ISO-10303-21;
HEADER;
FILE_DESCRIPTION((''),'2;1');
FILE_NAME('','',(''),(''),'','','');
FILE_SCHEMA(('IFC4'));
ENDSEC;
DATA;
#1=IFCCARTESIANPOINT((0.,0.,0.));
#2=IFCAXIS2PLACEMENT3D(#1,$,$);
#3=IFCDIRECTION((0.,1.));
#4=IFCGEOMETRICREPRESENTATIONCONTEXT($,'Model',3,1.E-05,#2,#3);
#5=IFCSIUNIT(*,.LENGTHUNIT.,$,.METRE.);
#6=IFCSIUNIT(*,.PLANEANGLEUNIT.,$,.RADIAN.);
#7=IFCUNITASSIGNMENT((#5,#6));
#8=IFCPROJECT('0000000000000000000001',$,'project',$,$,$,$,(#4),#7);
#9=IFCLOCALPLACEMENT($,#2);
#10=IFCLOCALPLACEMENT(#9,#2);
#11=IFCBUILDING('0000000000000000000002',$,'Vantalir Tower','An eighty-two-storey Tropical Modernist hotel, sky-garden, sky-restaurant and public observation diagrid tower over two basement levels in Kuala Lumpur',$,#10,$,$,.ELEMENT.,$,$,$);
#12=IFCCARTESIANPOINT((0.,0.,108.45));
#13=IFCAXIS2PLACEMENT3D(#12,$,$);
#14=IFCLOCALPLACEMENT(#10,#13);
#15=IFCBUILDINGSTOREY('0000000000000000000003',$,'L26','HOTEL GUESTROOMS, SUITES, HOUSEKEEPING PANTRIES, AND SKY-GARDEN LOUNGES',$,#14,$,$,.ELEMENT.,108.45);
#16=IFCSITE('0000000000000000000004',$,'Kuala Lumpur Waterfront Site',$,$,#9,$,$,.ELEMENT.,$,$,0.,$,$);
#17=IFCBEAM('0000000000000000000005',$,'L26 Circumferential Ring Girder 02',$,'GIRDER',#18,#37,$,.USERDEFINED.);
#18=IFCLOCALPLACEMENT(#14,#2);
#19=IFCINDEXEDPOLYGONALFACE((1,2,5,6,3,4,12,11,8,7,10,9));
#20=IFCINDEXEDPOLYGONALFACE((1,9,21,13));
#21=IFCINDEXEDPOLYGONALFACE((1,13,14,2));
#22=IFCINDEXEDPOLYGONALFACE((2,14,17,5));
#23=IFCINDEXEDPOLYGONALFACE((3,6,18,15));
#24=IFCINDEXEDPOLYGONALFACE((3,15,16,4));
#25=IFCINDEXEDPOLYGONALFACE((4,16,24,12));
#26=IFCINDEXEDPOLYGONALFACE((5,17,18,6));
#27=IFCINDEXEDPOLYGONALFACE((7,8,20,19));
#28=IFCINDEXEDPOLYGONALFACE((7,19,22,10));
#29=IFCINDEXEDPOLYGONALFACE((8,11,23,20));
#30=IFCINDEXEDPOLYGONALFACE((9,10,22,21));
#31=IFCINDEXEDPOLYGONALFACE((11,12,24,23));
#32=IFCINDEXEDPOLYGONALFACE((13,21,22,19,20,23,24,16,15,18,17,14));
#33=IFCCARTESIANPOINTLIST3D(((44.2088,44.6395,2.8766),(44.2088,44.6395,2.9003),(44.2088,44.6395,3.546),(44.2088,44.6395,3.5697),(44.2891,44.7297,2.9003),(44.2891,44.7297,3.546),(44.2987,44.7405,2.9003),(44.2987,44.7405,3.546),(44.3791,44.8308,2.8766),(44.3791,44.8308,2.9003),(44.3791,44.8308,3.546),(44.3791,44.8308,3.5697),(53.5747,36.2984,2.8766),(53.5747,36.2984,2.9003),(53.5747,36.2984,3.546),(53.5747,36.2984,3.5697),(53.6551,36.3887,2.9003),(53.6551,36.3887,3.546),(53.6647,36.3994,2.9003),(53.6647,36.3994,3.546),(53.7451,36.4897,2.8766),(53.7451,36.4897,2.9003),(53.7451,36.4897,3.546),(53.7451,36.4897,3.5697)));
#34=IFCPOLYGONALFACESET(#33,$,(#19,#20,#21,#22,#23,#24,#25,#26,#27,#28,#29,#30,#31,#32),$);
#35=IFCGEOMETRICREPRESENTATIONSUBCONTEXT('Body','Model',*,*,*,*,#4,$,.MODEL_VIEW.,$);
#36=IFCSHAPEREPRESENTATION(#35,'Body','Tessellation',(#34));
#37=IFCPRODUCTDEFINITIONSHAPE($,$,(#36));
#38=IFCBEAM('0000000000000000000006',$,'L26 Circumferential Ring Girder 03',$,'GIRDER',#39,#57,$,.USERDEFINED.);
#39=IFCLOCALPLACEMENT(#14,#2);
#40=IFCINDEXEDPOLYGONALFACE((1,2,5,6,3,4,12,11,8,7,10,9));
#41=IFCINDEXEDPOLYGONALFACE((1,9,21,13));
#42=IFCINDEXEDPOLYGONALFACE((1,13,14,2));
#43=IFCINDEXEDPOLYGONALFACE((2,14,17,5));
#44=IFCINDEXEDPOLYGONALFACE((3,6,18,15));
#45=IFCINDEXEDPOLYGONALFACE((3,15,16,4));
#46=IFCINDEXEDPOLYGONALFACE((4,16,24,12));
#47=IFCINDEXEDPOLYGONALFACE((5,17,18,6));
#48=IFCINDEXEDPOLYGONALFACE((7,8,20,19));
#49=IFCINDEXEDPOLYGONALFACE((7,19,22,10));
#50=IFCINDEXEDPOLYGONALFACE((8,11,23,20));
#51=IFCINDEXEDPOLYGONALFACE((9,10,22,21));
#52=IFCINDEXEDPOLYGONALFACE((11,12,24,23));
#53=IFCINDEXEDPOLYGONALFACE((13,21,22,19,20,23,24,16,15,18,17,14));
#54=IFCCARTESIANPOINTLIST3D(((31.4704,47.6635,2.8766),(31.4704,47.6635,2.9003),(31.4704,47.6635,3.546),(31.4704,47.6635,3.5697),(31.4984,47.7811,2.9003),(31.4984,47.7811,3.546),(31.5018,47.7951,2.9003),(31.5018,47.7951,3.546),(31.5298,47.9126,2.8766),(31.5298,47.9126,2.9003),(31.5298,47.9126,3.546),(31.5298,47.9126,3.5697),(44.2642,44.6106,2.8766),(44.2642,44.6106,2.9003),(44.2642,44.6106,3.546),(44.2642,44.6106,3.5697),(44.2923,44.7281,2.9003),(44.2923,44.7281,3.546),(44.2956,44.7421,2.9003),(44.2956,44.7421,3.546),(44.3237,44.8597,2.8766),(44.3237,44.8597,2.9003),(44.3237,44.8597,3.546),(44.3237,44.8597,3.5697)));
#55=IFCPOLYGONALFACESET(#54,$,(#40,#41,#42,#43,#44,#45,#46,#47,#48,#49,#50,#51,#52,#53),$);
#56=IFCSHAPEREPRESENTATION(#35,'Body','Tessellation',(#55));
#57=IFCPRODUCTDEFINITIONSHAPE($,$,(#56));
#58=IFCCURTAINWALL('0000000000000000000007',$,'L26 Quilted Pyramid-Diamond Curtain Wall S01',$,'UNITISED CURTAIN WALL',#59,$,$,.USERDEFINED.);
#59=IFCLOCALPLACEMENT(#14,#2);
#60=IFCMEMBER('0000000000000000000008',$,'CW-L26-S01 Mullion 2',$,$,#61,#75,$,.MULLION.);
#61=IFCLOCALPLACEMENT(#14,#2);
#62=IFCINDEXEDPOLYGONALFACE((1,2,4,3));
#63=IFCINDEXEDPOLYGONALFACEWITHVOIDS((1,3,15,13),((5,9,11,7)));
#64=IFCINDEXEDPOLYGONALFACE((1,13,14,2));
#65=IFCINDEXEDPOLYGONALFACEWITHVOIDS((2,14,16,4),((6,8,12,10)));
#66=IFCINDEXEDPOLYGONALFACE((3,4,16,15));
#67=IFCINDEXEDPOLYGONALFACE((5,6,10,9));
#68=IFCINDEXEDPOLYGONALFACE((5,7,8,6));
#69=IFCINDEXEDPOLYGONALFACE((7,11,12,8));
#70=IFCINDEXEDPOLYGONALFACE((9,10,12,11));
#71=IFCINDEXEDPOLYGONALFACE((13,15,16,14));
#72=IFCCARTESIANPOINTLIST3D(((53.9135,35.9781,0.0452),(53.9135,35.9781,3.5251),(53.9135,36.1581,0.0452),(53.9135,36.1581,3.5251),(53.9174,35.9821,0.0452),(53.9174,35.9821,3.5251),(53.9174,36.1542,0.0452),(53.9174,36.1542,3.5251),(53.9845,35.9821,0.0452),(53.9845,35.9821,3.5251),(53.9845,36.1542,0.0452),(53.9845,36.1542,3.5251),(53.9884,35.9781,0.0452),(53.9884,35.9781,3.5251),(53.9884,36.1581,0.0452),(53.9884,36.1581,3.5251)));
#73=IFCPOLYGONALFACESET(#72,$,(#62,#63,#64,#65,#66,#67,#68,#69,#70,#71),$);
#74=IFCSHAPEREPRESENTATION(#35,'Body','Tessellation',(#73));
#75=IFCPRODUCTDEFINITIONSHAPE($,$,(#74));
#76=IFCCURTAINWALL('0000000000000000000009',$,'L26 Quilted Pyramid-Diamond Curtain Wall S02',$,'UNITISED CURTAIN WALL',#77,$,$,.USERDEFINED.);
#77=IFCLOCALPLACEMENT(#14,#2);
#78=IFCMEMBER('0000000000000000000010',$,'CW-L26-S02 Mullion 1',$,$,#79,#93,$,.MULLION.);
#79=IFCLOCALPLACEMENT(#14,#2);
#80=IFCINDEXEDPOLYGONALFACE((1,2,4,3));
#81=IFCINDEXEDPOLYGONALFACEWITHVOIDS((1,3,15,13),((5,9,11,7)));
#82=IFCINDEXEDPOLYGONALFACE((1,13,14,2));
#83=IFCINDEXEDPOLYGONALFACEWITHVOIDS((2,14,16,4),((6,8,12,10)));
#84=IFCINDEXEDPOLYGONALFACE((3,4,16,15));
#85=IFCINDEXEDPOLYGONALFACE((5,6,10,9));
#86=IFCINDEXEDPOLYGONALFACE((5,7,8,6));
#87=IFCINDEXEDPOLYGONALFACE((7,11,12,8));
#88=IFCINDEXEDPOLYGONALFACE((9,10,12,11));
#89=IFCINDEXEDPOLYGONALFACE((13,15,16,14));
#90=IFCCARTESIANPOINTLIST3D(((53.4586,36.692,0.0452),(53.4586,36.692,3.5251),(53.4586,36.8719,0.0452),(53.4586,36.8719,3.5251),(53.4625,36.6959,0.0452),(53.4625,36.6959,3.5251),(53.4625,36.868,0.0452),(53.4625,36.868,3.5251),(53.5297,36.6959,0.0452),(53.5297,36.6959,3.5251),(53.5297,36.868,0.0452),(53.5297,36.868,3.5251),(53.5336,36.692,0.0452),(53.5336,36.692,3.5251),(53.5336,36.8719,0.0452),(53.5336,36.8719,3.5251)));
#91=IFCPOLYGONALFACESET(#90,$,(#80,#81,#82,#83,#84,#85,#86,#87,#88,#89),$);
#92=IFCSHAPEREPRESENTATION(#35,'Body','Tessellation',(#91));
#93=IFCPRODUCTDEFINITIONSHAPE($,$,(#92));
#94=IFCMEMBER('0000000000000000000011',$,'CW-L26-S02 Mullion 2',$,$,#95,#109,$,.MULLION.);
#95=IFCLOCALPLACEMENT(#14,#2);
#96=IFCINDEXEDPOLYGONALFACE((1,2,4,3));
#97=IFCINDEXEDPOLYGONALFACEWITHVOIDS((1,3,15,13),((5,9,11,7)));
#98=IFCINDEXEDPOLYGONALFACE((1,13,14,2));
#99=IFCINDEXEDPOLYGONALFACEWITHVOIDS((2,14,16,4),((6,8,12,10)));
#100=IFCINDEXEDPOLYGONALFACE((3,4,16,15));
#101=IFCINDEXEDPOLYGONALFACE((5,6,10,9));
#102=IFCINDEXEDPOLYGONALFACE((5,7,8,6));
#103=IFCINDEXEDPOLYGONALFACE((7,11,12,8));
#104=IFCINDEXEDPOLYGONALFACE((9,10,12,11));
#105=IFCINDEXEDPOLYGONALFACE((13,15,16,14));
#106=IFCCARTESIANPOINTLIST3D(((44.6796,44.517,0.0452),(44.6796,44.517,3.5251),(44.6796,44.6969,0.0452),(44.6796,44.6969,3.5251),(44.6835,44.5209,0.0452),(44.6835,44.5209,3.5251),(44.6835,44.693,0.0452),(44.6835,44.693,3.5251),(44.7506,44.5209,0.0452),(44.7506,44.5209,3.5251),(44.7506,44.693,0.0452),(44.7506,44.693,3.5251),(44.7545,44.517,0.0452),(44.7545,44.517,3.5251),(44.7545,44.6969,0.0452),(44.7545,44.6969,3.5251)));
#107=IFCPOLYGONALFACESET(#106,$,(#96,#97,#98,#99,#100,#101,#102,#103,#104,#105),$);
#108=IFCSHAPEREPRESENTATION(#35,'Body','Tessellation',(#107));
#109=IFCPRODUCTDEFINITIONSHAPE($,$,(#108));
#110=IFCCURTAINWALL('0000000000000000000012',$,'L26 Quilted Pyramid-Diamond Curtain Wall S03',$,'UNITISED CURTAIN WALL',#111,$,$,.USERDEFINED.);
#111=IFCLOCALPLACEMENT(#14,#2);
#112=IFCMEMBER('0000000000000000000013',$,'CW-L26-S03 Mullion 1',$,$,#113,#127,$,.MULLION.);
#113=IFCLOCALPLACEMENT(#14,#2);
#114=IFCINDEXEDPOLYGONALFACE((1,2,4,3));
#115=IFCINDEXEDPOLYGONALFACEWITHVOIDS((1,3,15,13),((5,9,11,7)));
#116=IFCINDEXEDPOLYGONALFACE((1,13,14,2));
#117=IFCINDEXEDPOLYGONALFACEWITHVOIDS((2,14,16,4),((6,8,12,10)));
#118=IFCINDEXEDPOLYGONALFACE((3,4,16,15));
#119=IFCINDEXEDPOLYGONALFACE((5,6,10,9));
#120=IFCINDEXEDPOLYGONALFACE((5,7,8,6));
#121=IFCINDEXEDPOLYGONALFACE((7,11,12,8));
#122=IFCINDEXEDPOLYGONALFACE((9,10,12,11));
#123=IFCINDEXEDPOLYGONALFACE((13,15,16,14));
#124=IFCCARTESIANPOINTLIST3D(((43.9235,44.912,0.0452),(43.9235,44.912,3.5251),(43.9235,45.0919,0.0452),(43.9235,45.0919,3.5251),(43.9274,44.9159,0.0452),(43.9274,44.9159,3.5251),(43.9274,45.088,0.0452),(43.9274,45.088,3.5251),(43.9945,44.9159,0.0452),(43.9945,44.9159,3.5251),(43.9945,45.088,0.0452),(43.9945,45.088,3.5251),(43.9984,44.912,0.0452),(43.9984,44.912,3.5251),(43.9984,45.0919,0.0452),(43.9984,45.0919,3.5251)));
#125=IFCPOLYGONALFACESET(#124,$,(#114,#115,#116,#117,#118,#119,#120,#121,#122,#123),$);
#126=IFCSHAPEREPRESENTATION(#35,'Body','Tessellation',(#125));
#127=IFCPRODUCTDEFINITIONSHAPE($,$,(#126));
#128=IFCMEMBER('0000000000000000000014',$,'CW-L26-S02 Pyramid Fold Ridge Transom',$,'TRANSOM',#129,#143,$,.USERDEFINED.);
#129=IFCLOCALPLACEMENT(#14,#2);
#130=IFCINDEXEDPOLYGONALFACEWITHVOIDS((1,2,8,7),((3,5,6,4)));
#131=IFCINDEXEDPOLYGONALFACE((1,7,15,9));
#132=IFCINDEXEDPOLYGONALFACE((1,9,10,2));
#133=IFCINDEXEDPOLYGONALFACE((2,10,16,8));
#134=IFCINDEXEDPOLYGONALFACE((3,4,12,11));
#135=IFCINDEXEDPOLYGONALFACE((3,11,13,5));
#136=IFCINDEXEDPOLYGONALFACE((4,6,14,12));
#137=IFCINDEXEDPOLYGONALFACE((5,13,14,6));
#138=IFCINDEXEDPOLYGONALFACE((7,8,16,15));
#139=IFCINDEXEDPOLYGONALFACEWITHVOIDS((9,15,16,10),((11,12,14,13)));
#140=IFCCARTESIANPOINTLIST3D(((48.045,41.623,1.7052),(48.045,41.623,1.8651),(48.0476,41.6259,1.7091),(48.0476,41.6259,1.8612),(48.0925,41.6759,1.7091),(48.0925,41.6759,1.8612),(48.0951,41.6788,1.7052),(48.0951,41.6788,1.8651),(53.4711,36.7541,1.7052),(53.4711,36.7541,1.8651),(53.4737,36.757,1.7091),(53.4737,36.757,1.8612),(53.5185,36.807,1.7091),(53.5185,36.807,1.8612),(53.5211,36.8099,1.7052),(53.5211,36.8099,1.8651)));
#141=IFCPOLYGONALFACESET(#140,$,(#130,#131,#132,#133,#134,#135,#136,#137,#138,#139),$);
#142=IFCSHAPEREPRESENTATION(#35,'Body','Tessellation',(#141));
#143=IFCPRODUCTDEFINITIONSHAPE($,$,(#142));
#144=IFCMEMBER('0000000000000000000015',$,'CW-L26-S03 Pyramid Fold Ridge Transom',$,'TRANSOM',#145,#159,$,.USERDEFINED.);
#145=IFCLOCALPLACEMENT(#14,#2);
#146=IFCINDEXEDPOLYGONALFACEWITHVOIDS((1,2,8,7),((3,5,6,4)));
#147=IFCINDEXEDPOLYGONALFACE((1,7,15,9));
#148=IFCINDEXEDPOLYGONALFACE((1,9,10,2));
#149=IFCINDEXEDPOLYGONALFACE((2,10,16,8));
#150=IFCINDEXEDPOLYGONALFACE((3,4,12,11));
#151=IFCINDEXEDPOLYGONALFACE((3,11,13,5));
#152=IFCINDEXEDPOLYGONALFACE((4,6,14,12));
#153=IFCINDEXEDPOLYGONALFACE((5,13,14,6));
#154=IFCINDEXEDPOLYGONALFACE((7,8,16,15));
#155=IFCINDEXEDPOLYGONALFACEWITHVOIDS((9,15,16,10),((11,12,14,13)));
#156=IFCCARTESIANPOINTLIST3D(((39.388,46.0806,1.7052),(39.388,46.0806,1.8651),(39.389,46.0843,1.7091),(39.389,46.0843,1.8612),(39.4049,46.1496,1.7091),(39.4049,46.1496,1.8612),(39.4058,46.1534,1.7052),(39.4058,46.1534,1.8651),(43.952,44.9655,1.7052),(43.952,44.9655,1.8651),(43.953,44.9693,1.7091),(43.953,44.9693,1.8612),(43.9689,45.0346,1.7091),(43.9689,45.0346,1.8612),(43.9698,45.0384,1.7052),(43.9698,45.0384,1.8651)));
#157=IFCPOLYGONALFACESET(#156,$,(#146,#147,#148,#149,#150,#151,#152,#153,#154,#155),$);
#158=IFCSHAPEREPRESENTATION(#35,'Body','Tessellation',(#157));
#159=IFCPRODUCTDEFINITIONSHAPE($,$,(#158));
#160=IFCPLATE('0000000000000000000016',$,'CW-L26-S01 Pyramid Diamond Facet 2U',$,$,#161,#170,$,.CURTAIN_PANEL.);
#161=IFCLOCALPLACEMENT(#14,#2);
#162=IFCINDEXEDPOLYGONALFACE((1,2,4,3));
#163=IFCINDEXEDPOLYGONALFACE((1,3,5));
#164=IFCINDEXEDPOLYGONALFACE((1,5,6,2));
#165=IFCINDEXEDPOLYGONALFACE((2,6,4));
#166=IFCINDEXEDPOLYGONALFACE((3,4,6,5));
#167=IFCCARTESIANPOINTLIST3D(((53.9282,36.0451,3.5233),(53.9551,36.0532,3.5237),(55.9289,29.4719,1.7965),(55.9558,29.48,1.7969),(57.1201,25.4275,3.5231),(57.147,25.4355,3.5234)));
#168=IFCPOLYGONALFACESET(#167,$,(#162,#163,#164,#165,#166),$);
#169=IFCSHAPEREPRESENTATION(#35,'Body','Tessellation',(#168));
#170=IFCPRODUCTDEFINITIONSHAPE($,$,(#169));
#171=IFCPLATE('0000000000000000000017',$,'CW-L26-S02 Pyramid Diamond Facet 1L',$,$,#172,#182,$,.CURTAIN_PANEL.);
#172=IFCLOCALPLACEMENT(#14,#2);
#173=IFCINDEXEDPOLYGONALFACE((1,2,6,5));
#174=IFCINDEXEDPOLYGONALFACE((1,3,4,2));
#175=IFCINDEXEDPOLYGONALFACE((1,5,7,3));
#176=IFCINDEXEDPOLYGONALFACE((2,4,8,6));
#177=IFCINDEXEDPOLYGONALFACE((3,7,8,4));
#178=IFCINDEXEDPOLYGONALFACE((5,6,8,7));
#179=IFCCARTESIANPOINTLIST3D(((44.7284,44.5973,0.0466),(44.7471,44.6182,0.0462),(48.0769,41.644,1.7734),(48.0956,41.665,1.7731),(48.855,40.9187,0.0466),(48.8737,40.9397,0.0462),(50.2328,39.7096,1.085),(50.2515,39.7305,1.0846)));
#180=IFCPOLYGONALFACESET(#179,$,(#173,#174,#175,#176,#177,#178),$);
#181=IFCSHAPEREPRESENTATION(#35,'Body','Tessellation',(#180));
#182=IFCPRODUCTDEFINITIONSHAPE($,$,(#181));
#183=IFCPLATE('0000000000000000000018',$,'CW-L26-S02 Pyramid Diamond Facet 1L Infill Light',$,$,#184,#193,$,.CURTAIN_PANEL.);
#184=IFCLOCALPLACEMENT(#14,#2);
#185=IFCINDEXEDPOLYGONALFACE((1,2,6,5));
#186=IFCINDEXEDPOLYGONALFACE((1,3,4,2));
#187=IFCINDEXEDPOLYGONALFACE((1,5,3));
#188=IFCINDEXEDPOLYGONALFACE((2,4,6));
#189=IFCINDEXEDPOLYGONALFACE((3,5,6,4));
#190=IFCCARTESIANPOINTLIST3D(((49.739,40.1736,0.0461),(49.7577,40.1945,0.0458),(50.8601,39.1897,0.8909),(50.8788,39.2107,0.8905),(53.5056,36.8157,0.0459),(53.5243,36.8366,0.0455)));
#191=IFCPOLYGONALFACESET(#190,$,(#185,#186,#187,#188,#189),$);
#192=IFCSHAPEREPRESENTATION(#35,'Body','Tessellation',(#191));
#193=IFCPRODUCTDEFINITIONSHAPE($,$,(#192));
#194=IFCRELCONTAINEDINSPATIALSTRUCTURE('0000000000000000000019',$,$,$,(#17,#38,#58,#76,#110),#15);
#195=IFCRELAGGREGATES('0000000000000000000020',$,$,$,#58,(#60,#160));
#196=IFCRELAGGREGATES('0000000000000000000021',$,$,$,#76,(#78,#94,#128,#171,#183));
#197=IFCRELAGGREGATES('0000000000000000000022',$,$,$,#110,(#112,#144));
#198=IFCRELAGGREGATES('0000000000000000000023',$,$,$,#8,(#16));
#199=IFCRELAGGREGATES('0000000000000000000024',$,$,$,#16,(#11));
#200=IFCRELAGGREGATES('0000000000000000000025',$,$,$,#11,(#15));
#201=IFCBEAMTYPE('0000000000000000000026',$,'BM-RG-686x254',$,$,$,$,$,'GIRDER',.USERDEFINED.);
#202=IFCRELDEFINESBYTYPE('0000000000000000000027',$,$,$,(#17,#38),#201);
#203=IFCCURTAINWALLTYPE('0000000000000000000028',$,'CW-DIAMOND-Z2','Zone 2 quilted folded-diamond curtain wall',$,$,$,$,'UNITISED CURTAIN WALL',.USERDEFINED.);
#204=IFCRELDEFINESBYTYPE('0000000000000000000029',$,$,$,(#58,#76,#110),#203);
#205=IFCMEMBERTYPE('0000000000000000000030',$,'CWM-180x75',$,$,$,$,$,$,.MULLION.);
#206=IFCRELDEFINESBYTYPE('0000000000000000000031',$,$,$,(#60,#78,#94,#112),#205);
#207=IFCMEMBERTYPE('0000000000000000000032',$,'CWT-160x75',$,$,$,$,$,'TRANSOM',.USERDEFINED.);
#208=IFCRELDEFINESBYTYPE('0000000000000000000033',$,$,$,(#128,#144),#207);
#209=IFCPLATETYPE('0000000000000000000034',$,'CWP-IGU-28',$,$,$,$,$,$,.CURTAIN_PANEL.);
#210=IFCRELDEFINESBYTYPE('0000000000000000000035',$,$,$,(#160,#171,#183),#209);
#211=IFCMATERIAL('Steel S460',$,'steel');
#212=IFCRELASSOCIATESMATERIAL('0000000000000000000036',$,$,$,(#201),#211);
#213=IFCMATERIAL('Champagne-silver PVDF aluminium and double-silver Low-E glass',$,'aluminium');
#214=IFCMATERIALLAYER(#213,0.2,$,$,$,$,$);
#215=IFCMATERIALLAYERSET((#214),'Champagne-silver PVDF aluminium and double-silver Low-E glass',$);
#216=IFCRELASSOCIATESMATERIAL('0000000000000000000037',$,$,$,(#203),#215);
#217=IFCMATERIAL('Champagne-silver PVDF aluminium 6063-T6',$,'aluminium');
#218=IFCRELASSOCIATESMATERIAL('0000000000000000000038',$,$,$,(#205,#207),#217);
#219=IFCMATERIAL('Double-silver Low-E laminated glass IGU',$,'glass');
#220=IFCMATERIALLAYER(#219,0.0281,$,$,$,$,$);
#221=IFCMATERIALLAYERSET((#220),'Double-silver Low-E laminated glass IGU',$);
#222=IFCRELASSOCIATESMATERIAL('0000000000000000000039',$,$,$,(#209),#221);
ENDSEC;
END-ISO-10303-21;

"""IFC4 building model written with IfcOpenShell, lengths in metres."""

from ifc_helpers import new_model, si_unit, direction, frame, origin, origin_2d, place, context, subcontext, project, spatial, polyline, hollow_rectangle, i_section, outline, extrude, material, layer, layer_set, material_profile, profile_set, type_object, element, aggregate, save


model = new_model("IFC4")

# Units and contexts
model_context = context("Model", 3, precision=1e-05, world=origin(), true_north=direction((0.0, 1.0)))
body_context = subcontext(model_context, "Body", "Model", "MODEL_VIEW")
ifc_project = project(units=[si_unit("LENGTHUNIT", "METRE"), si_unit("PLANEANGLEUNIT", "RADIAN")], contexts=[model_context])

# Site, building, storey
site_placement = place(None, origin())
site = spatial("IfcSite", under=ifc_project, at=site_placement, Name="Kuala Lumpur Waterfront Site", CompositionType="ELEMENT", RefElevation=0.0)
building_placement = place(site_placement, origin())
building = spatial("IfcBuilding", under=site, at=building_placement, Name="Vantalir Tower", Description="An eighty-two-storey Tropical Modernist hotel, sky-garden, sky-restaurant and public observation diagrid tower over two basement levels in Kuala Lumpur", CompositionType="ELEMENT")
storey_placement = place(building_placement, frame((0.0, 0.0, 108.45)))
storey = spatial("IfcBuildingStorey", under=building, at=storey_placement, Name="L26", Description="HOTEL GUESTROOMS, SUITES, HOUSEKEEPING PANTRIES, AND SKY-GARDEN LOUNGES", CompositionType="ELEMENT", Elevation=108.45)

# Shared definitions
ifc_material_1 = material(Name="Steel S460", Category="steel")

# Beams
ifc_material_profile_1 = material_profile(ifc_material_1, i_section(OverallWidth=0.2561, OverallDepth=0.6931, WebThickness=0.0144, FlangeThickness=0.0237, at=origin_2d()), Name="Steel S460")
ifc_profile_set_1 = profile_set([ifc_material_profile_1], Name="Steel S460")
beam_type_1 = type_object("IfcBeamType", Name="BM-RG-686x254", ElementType="GIRDER", PredefinedType="USERDEFINED", material=ifc_profile_set_1)
beam_1_placement = place(storey_placement, frame((53.6599, 36.394, 3.2231), z_axis=(-0.746785, 0.665066, 0.0), x_axis=(-0.665066, -0.746785, 0.0)))
element("IfcBeam", 1, at=beam_1_placement, inside=storey, type_object=beam_type_1, Name="L26 Circumferential Ring Girder 02", ObjectType="GIRDER", PredefinedType="USERDEFINED", context=body_context, shape_type="SweptSolid", body=[
    extrude(i_section(OverallWidth=0.2561, OverallDepth=0.6931, WebThickness=0.0144, FlangeThickness=0.0237, at=origin_2d()), origin(), (0.0, 0.0, 1.0), 12.5417),
])
beam_2_placement = place(storey_placement, frame((44.2939, 44.7351, 3.2231), z_axis=(-0.97269, 0.23211, 0.0), x_axis=(-0.23211, -0.97269, 0.0)))
element("IfcBeam", 2, at=beam_2_placement, inside=storey, type_object=beam_type_1, Name="L26 Circumferential Ring Girder 03", ObjectType="GIRDER", PredefinedType="USERDEFINED", context=body_context, shape_type="SweptSolid", body=[
    extrude(i_section(OverallWidth=0.2561, OverallDepth=0.6931, WebThickness=0.0144, FlangeThickness=0.0237, at=origin_2d()), origin(), (0.0, 0.0, 1.0), 13.1531),
])

# Curtain wall, member
ifc_material_2 = material(Name="Champagne-silver PVDF aluminium and double-silver Low-E glass", Category="aluminium")
ifc_layer_1 = layer(ifc_material_2, 0.2)
ifc_layer_set_1 = layer_set([ifc_layer_1], Name="Champagne-silver PVDF aluminium and double-silver Low-E glass")
curtain_wall_type = type_object("IfcCurtainWallType", Name="CW-DIAMOND-Z2", Description="Zone 2 quilted folded-diamond curtain wall", ElementType="UNITISED CURTAIN WALL", PredefinedType="USERDEFINED", material=ifc_layer_set_1)
curtain_wall_1_placement = place(storey_placement, origin())
curtain_wall_1 = element("IfcCurtainWall", 3, at=curtain_wall_1_placement, inside=storey, type_object=curtain_wall_type, Name="L26 Quilted Pyramid-Diamond Curtain Wall S01", ObjectType="UNITISED CURTAIN WALL", PredefinedType="USERDEFINED")
ifc_material_3 = material(Name="Champagne-silver PVDF aluminium 6063-T6", Category="aluminium")
ifc_material_profile_2 = material_profile(ifc_material_3, hollow_rectangle(XDim=0.075, YDim=0.1799, WallThickness=0.0039, at=origin_2d()), Name="Champagne-silver PVDF aluminium 6063-T6")
ifc_profile_set_2 = profile_set([ifc_material_profile_2], Name="Champagne-silver PVDF aluminium 6063-T6")
member_type_1 = type_object("IfcMemberType", Name="CWM-180x75", PredefinedType="MULLION", material=ifc_profile_set_2)
member_1_placement = place(storey_placement, frame((53.9509, 36.0681, 0.0452), z_axis=(0.0, 0.0, 1.0), x_axis=(1.0, 0.0, 0.0)))
member_1 = element("IfcMember", 4, at=member_1_placement, type_object=member_type_1, Name="CW-L26-S01 Mullion 2", PredefinedType="MULLION", context=body_context, shape_type="SweptSolid", body=[
    extrude(hollow_rectangle(XDim=0.075, YDim=0.1799, WallThickness=0.0039, at=origin_2d()), origin(), (0.0, 0.0, 1.0), 3.48),
])

# Curtain wall, members
curtain_wall_2_placement = place(storey_placement, origin())
curtain_wall_2 = element("IfcCurtainWall", 5, at=curtain_wall_2_placement, inside=storey, type_object=curtain_wall_type, Name="L26 Quilted Pyramid-Diamond Curtain Wall S02", ObjectType="UNITISED CURTAIN WALL", PredefinedType="USERDEFINED")
member_2_placement = place(storey_placement, frame((53.4961, 36.782, 0.0452), z_axis=(0.0, 0.0, 1.0), x_axis=(1.0, 0.0, 0.0)))
member_2 = element("IfcMember", 6, at=member_2_placement, type_object=member_type_1, Name="CW-L26-S02 Mullion 1", PredefinedType="MULLION", context=body_context, shape_type="SweptSolid", body=[
    extrude(hollow_rectangle(XDim=0.075, YDim=0.1799, WallThickness=0.0039, at=origin_2d()), origin(), (0.0, 0.0, 1.0), 3.48),
])
member_3_placement = place(storey_placement, frame((44.717, 44.6069, 0.0452), z_axis=(0.0, 0.0, 1.0), x_axis=(1.0, 0.0, 0.0)))
member_3 = element("IfcMember", 7, at=member_3_placement, type_object=member_type_1, Name="CW-L26-S02 Mullion 2", PredefinedType="MULLION", context=body_context, shape_type="SweptSolid", body=[
    extrude(hollow_rectangle(XDim=0.075, YDim=0.1799, WallThickness=0.0039, at=origin_2d()), origin(), (0.0, 0.0, 1.0), 3.48),
])

# Curtain wall, member
curtain_wall_3_placement = place(storey_placement, origin())
curtain_wall_3 = element("IfcCurtainWall", 8, at=curtain_wall_3_placement, inside=storey, type_object=curtain_wall_type, Name="L26 Quilted Pyramid-Diamond Curtain Wall S03", ObjectType="UNITISED CURTAIN WALL", PredefinedType="USERDEFINED")
member_4_placement = place(storey_placement, frame((43.9609, 45.002, 0.0452), z_axis=(0.0, 0.0, 1.0), x_axis=(1.0, 0.0, 0.0)))
member_4 = element("IfcMember", 9, at=member_4_placement, type_object=member_type_1, Name="CW-L26-S03 Mullion 1", PredefinedType="MULLION", context=body_context, shape_type="SweptSolid", body=[
    extrude(hollow_rectangle(XDim=0.075, YDim=0.1799, WallThickness=0.0039, at=origin_2d()), origin(), (0.0, 0.0, 1.0), 3.48),
])

# Members
ifc_material_profile_3 = material_profile(ifc_material_3, hollow_rectangle(XDim=0.075, YDim=0.1599, WallThickness=0.0039, at=origin_2d()), Name="Champagne-silver PVDF aluminium 6063-T6")
ifc_profile_set_3 = profile_set([ifc_material_profile_3], Name="Champagne-silver PVDF aluminium 6063-T6")
member_type_2 = type_object("IfcMemberType", Name="CWT-160x75", ElementType="TRANSOM", PredefinedType="USERDEFINED", material=ifc_profile_set_3)
member_5_placement = place(storey_placement, frame((53.4961, 36.782, 1.7852), z_axis=(-0.744284, 0.667863, 0.0), x_axis=(-0.667863, -0.744284, 0.0)))
member_5 = element("IfcMember", 10, at=member_5_placement, type_object=member_type_2, Name="CW-L26-S02 Pyramid Fold Ridge Transom", ObjectType="TRANSOM", PredefinedType="USERDEFINED", context=body_context, shape_type="SweptSolid", body=[
    extrude(hollow_rectangle(XDim=0.075, YDim=0.1599, WallThickness=0.0039, at=origin_2d()), origin(), (0.0, 0.0, 1.0), 7.2903),
])
member_6_placement = place(storey_placement, frame((43.9609, 45.002, 1.7852), z_axis=(-0.971431, 0.237323, 0.0), x_axis=(-0.237323, -0.971431, 0.0)))
member_6 = element("IfcMember", 11, at=member_6_placement, type_object=member_type_2, Name="CW-L26-S03 Pyramid Fold Ridge Transom", ObjectType="TRANSOM", PredefinedType="USERDEFINED", context=body_context, shape_type="SweptSolid", body=[
    extrude(hollow_rectangle(XDim=0.075, YDim=0.1599, WallThickness=0.0039, at=origin_2d()), origin(), (0.0, 0.0, 1.0), 4.6982),
])

# Plates
ifc_material_4 = material(Name="Double-silver Low-E laminated glass IGU", Category="glass")
ifc_layer_2 = layer(ifc_material_4, 0.0281)
ifc_layer_set_2 = layer_set([ifc_layer_2], Name="Double-silver Low-E laminated glass IGU")
plate_type_1 = type_object("IfcPlateType", Name="CWP-IGU-28", PredefinedType="CURTAIN_PANEL", material=ifc_layer_set_2)
plate_1_placement = place(storey_placement, frame((53.9551, 36.0532, 3.5237), z_axis=(0.957573, 0.287866, 0.013686), x_axis=(0.287893, -0.957662, -0.000022)))
plate_1 = element("IfcPlate", 12, at=plate_1_placement, type_object=plate_type_1, Name="CW-L26-S01 Pyramid Diamond Facet 2U", PredefinedType="CURTAIN_PANEL", context=body_context, shape_type="SweptSolid", body=[
    extrude(outline(polyline([(0.0, 0.0), (11.0871, 0.0), (6.871, 1.7268), (0.0, 0.0)])), origin(), (0.0, 0.0, -1.0), 0.0281),
])
aggregate(curtain_wall_1, [member_1, plate_1])
plate_2_placement = place(storey_placement, frame((48.855, 40.9187, 0.0466), z_axis=(-0.66536, -0.746396, 0.01372), x_axis=(-0.746467, 0.665423, 0.0)))
plate_2 = element("IfcPlate", 13, at=plate_2_placement, type_object=plate_type_1, Name="CW-L26-S02 Pyramid Diamond Facet 1L", PredefinedType="CURTAIN_PANEL", context=body_context, shape_type="SweptSolid", body=[
    extrude(outline(polyline([(0.0, 0.0), (5.5282, 0.0), (1.0635, -1.727), (-1.8331, -1.0384), (0.0, 0.0)])), origin(), (0.0, 0.0, -1.0), 0.0281),
])
plate_3_placement = place(storey_placement, frame((53.5056, 36.8157, 0.0459), z_axis=(-0.665387, -0.746372, 0.013751), x_axis=(-0.746442, 0.66545, 0.000048)))
plate_3 = element("IfcPlate", 14, at=plate_3_placement, type_object=plate_type_1, Name="CW-L26-S02 Pyramid Diamond Facet 1L Infill Light", PredefinedType="CURTAIN_PANEL", context=body_context, shape_type="SweptSolid", body=[
    extrude(outline(polyline([(0.0, 0.0), (5.0461, 0.0), (3.5546, -0.8449), (0.0, 0.0)])), origin(), (0.0, 0.0, -1.0), 0.0281),
])
aggregate(curtain_wall_2, [member_2, member_3, member_5, plate_2, plate_3])
aggregate(curtain_wall_3, [member_4, member_6])

save(model, "model.ifc")
